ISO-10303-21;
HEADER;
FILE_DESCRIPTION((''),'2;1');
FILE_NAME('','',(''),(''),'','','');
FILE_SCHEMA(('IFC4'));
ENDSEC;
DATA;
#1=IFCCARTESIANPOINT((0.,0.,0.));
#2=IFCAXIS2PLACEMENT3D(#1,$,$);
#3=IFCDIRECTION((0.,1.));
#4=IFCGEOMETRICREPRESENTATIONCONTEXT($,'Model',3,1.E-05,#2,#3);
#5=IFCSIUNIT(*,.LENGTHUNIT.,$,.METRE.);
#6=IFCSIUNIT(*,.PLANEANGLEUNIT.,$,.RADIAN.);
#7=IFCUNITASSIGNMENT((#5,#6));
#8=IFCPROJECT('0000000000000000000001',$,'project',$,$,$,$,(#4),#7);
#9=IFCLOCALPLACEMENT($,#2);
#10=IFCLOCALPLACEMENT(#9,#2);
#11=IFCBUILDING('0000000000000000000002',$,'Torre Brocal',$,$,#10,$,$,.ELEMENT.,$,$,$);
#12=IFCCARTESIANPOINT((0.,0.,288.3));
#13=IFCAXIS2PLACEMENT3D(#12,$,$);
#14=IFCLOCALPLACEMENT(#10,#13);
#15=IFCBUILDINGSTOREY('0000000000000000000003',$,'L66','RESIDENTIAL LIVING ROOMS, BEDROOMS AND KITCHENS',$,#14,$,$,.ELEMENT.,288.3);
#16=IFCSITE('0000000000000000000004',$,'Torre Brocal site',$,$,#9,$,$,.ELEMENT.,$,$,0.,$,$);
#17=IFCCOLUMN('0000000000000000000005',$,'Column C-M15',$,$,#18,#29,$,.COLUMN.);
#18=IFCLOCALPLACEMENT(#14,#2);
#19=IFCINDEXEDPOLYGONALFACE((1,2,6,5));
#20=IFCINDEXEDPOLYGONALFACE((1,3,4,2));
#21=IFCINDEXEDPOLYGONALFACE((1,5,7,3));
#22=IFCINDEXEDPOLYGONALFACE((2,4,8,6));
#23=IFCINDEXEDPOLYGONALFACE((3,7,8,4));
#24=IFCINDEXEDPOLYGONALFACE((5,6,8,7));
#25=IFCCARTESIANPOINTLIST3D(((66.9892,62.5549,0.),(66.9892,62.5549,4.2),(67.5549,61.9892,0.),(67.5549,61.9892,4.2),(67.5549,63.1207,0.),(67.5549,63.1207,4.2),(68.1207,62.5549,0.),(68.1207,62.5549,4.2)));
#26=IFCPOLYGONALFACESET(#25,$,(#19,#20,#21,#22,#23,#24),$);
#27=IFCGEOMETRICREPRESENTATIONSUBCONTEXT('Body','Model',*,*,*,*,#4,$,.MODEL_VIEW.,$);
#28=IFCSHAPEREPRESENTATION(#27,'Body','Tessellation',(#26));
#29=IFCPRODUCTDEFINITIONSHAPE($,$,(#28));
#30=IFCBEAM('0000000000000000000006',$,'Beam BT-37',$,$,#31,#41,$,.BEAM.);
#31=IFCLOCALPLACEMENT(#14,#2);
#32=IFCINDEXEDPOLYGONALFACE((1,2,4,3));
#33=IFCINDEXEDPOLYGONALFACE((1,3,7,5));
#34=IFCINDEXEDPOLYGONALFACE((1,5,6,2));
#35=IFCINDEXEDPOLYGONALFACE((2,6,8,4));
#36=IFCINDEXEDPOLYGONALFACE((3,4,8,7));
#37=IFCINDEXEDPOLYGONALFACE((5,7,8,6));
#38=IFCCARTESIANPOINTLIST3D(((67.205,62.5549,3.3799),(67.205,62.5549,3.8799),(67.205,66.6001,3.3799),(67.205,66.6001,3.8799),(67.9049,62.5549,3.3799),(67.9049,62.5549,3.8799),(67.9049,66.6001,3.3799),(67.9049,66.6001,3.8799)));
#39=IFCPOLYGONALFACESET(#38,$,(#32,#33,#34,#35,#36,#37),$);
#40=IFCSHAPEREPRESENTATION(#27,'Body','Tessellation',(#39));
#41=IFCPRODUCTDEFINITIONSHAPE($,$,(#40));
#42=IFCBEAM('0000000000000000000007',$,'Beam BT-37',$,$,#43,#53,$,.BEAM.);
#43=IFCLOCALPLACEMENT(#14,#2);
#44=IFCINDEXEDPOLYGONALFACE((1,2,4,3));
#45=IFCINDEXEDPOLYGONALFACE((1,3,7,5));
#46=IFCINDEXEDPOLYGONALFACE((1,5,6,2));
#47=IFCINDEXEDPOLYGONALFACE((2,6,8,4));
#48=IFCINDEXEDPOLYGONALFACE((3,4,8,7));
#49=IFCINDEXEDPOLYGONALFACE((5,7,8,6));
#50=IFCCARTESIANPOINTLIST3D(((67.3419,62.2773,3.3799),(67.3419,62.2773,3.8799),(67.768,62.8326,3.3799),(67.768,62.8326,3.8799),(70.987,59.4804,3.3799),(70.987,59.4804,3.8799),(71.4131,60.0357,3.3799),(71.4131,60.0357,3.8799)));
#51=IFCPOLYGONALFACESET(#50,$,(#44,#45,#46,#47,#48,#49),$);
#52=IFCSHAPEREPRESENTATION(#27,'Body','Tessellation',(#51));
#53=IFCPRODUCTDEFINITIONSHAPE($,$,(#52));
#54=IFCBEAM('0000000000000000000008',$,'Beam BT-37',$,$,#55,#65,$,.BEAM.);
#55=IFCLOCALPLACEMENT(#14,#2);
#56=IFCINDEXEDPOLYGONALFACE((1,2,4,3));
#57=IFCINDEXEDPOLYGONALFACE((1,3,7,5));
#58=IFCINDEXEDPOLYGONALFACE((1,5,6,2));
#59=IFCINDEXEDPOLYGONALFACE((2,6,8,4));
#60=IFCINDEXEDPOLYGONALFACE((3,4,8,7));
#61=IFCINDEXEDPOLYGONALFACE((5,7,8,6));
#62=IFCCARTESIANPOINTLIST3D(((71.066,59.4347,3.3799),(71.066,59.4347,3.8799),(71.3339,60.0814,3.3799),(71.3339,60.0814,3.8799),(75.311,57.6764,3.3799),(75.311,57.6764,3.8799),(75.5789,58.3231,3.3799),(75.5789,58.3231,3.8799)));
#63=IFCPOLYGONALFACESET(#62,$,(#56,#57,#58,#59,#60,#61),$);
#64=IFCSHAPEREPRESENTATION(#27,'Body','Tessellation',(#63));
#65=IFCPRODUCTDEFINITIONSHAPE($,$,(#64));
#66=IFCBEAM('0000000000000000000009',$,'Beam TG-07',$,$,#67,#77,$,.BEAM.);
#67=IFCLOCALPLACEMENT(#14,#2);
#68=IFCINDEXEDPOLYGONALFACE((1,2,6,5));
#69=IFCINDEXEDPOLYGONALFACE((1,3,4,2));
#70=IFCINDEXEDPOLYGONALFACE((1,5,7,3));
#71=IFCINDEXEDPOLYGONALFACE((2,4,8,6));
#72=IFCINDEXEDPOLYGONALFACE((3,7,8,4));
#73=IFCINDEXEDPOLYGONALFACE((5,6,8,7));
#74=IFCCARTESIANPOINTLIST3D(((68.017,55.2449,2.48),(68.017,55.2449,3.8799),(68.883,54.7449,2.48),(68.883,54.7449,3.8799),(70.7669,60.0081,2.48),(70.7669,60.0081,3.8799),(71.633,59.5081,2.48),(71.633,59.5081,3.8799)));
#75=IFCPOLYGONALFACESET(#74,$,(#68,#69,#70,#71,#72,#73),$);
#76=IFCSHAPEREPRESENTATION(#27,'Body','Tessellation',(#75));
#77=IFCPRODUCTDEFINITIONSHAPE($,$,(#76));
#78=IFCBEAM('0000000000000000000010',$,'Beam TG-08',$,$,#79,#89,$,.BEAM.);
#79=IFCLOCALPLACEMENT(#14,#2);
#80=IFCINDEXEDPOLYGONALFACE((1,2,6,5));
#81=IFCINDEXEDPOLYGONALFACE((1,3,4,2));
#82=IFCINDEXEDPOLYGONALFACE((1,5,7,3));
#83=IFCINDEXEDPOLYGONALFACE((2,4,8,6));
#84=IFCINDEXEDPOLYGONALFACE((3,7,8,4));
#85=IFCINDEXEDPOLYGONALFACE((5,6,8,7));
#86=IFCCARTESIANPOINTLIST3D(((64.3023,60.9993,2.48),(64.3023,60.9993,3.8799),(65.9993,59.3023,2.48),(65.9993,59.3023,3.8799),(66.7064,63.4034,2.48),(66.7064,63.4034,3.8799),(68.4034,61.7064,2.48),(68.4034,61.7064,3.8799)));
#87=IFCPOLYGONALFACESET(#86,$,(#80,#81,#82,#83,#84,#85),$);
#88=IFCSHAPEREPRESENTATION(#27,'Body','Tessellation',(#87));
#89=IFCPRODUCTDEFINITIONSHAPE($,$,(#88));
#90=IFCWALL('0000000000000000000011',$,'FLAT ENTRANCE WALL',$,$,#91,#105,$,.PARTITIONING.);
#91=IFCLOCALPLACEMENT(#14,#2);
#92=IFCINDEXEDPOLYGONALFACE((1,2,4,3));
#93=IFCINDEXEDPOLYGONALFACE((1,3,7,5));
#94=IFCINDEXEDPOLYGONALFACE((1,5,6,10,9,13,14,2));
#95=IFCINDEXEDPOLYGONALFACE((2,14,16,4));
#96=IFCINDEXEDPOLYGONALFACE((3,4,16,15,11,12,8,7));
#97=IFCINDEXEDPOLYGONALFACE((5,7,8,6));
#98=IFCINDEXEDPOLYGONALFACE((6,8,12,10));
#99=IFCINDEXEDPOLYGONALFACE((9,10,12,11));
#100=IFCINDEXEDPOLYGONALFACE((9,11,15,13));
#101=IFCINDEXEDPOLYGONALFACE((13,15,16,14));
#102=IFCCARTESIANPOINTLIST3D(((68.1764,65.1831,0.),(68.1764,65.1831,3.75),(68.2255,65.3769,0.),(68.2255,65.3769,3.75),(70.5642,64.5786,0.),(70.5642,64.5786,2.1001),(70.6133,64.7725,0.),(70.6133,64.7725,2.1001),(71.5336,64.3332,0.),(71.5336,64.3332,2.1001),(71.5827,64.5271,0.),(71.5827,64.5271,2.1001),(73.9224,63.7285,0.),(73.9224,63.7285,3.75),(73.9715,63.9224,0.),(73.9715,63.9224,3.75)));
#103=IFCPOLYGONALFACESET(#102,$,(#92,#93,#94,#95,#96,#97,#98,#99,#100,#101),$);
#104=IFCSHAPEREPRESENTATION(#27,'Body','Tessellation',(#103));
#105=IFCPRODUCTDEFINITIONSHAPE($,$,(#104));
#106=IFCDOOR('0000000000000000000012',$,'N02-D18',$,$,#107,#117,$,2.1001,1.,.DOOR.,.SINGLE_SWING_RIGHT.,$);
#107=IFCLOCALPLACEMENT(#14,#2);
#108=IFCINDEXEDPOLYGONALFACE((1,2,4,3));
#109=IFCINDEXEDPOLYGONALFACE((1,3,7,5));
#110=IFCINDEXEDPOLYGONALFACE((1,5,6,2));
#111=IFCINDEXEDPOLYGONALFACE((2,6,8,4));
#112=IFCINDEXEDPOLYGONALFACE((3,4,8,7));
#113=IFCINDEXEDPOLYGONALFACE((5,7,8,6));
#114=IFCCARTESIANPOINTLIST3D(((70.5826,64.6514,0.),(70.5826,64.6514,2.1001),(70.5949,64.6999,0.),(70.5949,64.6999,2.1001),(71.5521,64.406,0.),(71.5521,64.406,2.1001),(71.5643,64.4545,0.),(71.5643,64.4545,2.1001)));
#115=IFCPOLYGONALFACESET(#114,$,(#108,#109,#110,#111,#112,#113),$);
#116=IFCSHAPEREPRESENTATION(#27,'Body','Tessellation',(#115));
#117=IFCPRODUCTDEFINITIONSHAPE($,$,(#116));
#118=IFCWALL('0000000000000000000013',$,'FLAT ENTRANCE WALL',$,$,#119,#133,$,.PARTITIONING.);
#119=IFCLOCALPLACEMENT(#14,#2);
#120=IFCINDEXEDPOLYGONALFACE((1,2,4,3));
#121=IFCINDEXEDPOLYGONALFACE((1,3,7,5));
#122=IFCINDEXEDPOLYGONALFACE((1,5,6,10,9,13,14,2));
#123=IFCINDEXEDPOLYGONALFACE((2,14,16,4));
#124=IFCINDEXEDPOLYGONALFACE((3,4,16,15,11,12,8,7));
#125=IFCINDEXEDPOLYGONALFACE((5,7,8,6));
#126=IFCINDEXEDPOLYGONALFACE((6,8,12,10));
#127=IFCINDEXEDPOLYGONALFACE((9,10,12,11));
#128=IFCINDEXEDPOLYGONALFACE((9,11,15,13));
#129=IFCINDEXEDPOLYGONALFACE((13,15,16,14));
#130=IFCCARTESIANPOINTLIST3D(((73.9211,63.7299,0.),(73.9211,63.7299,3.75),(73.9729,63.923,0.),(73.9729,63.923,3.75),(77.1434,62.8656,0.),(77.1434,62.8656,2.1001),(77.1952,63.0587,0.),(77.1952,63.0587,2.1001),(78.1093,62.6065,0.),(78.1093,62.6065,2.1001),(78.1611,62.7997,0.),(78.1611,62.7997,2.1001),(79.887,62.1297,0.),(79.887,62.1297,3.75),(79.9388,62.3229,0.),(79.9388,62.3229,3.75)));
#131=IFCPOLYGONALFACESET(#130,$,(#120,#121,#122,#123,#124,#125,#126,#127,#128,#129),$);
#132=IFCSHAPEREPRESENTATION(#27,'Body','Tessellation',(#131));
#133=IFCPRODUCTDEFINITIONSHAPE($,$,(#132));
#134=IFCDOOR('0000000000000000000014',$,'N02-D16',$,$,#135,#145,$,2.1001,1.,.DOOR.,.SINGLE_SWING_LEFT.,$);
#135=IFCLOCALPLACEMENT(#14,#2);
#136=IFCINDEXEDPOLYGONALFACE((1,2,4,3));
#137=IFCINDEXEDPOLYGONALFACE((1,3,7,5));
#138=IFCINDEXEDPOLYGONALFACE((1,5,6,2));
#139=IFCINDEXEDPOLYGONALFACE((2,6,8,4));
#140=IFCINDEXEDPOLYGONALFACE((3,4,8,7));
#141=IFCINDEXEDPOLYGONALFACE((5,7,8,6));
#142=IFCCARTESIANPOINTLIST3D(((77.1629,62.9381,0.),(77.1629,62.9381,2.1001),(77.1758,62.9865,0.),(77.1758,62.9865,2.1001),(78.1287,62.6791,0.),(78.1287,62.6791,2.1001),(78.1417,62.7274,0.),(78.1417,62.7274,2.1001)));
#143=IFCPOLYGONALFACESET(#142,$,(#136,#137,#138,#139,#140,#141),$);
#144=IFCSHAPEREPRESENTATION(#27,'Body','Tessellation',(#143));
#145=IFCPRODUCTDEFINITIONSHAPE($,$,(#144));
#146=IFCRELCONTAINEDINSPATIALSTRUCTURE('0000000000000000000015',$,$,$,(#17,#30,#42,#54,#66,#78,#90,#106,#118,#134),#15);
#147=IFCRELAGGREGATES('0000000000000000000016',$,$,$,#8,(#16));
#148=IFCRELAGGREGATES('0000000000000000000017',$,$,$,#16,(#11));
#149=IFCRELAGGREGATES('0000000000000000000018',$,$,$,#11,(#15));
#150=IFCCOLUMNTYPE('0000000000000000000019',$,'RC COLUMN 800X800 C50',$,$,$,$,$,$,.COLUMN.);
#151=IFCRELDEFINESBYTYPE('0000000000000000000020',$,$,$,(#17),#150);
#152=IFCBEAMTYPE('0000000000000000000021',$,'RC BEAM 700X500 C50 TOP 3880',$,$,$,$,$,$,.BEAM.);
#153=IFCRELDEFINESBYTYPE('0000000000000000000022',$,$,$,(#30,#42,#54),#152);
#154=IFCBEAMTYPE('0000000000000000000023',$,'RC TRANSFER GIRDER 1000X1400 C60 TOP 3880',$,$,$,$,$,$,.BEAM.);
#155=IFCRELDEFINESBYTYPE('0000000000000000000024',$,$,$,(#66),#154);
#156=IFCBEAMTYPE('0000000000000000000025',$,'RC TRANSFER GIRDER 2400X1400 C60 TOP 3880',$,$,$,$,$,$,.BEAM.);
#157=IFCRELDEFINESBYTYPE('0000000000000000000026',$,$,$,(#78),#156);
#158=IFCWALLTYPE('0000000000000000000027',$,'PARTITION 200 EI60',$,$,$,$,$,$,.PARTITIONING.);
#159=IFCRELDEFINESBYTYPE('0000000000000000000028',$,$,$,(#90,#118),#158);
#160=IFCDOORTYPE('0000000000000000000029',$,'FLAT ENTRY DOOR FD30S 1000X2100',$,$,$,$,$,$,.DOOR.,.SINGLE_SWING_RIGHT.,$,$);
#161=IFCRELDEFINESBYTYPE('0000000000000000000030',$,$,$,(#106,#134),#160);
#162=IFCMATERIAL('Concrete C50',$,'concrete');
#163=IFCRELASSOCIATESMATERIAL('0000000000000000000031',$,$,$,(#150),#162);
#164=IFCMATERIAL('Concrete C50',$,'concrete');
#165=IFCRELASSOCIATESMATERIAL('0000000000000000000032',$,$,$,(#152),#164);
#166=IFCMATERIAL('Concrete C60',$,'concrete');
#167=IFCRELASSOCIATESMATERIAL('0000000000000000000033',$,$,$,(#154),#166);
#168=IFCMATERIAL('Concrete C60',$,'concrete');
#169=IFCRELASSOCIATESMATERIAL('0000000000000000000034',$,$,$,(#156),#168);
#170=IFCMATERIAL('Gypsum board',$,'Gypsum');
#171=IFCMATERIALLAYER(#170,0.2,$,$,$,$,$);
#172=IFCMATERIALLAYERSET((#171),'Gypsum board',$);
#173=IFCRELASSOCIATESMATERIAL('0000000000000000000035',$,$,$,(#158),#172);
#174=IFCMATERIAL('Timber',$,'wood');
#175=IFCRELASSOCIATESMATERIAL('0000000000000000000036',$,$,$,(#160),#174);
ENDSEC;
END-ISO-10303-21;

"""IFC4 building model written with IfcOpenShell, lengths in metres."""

from ifc_helpers import new_model, si_unit, direction, frame, frame_2d, origin, origin_2d, place, context, subcontext, project, spatial, rectangle, extrude, material, layer, layer_set, material_profile, profile_set, type_object, element, fill, save


model = new_model("IFC4")

# Units and contexts
model_context = context("Model", 3, precision=1e-05, world=origin(), true_north=direction((0.0, 1.0)))
body_context = subcontext(model_context, "Body", "Model", "MODEL_VIEW")
ifc_project = project(units=[si_unit("LENGTHUNIT", "METRE"), si_unit("PLANEANGLEUNIT", "RADIAN")], contexts=[model_context])

# Site, building, storey
site_placement = place(None, origin())
site = spatial("IfcSite", under=ifc_project, at=site_placement, Name="Torre Brocal site", CompositionType="ELEMENT", RefElevation=0.0)
building_placement = place(site_placement, origin())
building = spatial("IfcBuilding", under=site, at=building_placement, Name="Torre Brocal", CompositionType="ELEMENT")
storey_placement = place(building_placement, frame((0.0, 0.0, 288.3)))
storey = spatial("IfcBuildingStorey", under=building, at=storey_placement, Name="L66", Description="RESIDENTIAL LIVING ROOMS, BEDROOMS AND KITCHENS", CompositionType="ELEMENT", Elevation=288.3)

# Column
ifc_material_1 = material(Name="Concrete C50", Category="concrete")
ifc_material_profile_1 = material_profile(ifc_material_1, rectangle(XDim=0.8, YDim=0.8, at=origin_2d()), Name="RC 800X800")
ifc_profile_set_1 = profile_set([ifc_material_profile_1], Name="Concrete C50")
column_type = type_object("IfcColumnType", Name="RC COLUMN 800X800 C50", PredefinedType="COLUMN", material=ifc_profile_set_1)
column_placement = place(storey_placement, frame((67.5549, 62.5549, 0.0), z_axis=(0.0, 0.0, 1.0), x_axis=(-0.707107, -0.707107, 0.0)))
element("IfcColumn", 1, at=column_placement, inside=storey, type_object=column_type, Name="Column C-M15", PredefinedType="COLUMN", context=body_context, shape_type="SweptSolid", body=[
    extrude(rectangle(XDim=0.8, YDim=0.8, at=origin_2d()), origin(), (0.0, 0.0, 1.0), 4.2),
])

# Beams
ifc_material_2 = material(Name="Concrete C50", Category="concrete")
ifc_material_profile_2 = material_profile(ifc_material_2, rectangle(XDim=0.7, YDim=0.5, at=origin_2d()), Name="RC 700X500")
ifc_profile_set_2 = profile_set([ifc_material_profile_2], Name="Concrete C50")
beam_type_1 = type_object("IfcBeamType", Name="RC BEAM 700X500 C50 TOP 3880", PredefinedType="BEAM", material=ifc_profile_set_2)
beam_1_placement = place(storey_placement, frame((67.5549, 62.5549, 3.6299), z_axis=(0.0, 1.0, 0.0), x_axis=(-1.0, 0.0, 0.0)))
element("IfcBeam", 2, at=beam_1_placement, inside=storey, type_object=beam_type_1, Name="Beam BT-37", PredefinedType="BEAM", context=body_context, shape_type="SweptSolid", body=[
    extrude(rectangle(XDim=0.7, YDim=0.5, at=origin_2d()), origin(), (0.0, 0.0, 1.0), 4.0452),
])
beam_2_placement = place(storey_placement, frame((67.5549, 62.5549, 3.6299), z_axis=(0.793358, -0.608755, 0.0), x_axis=(0.608755, 0.793358, 0.0)))
element("IfcBeam", 3, at=beam_2_placement, inside=storey, type_object=beam_type_1, Name="Beam BT-37", PredefinedType="BEAM", context=body_context, shape_type="SweptSolid", body=[
    extrude(rectangle(XDim=0.7, YDim=0.5, at=origin_2d()), origin(), (0.0, 0.0, 1.0), 4.5945),
])
beam_3_placement = place(storey_placement, frame((71.2, 59.7581, 3.6299), z_axis=(0.923878, -0.382687, 0.0), x_axis=(0.382687, 0.923878, 0.0)))
element("IfcBeam", 4, at=beam_3_placement, inside=storey, type_object=beam_type_1, Name="Beam BT-37", PredefinedType="BEAM", context=body_context, shape_type="SweptSolid", body=[
    extrude(rectangle(XDim=0.7, YDim=0.5, at=origin_2d()), origin(), (0.0, 0.0, 1.0), 4.5947),
])
ifc_material_3 = material(Name="Concrete C60", Category="concrete")
ifc_material_profile_3 = material_profile(ifc_material_3, rectangle(XDim=1.0, YDim=1.3999, at=origin_2d()), Name="RC 1000X1400")
ifc_profile_set_3 = profile_set([ifc_material_profile_3], Name="Concrete C60")
beam_type_2 = type_object("IfcBeamType", Name="RC TRANSFER GIRDER 1000X1400 C60 TOP 3880", PredefinedType="BEAM", material=ifc_profile_set_3)
beam_4_placement = place(storey_placement, frame((71.2, 59.7581, 3.1799), z_axis=(-0.499997, -0.866027, 0.0), x_axis=(0.866027, -0.499997, 0.0)))
element("IfcBeam", 5, at=beam_4_placement, inside=storey, type_object=beam_type_2, Name="Beam TG-07", PredefinedType="BEAM", context=body_context, shape_type="SweptSolid", body=[
    extrude(rectangle(XDim=1.0, YDim=1.3999, at=origin_2d()), origin(), (0.0, 0.0, 1.0), 5.5),
])
ifc_material_4 = material(Name="Concrete C60", Category="concrete")
ifc_material_profile_4 = material_profile(ifc_material_4, rectangle(XDim=2.3999, YDim=1.3999, at=origin_2d()), Name="RC 2400X1400")
ifc_profile_set_4 = profile_set([ifc_material_profile_4], Name="Concrete C60")
beam_type_3 = type_object("IfcBeamType", Name="RC TRANSFER GIRDER 2400X1400 C60 TOP 3880", PredefinedType="BEAM", material=ifc_profile_set_4)
beam_5_placement = place(storey_placement, frame((67.5549, 62.5549, 3.1799), z_axis=(-0.707107, -0.707107, 0.0), x_axis=(0.707107, -0.707107, 0.0)))
element("IfcBeam", 6, at=beam_5_placement, inside=storey, type_object=beam_type_3, Name="Beam TG-08", PredefinedType="BEAM", context=body_context, shape_type="SweptSolid", body=[
    extrude(rectangle(XDim=2.3999, YDim=1.3999, at=origin_2d()), origin(), (0.0, 0.0, 1.0), 3.3999),
])

# Walls, openings, doors
ifc_material_5 = material(Name="Gypsum board", Category="Gypsum")
ifc_layer_1 = layer(ifc_material_5, 0.2)
ifc_layer_set_1 = layer_set([ifc_layer_1], Name="Gypsum board")
wall_type_1 = type_object("IfcWallType", Name="PARTITION 200 EI60", PredefinedType="PARTITIONING", material=ifc_layer_set_1)
wall_1_placement = place(storey_placement, frame((68.2009, 65.28, 0.0), z_axis=(0.0, 0.0, 1.0), x_axis=(0.969421, -0.245403, 0.0)))
wall_1 = element("IfcWall", 7, at=wall_1_placement, inside=storey, type_object=wall_type_1, Name="FLAT ENTRANCE WALL", PredefinedType="PARTITIONING", context=body_context, shape_type="SweptSolid", body=[
    extrude(rectangle(XDim=5.9272, YDim=0.2, at=frame_2d((2.9636, 0.0))), origin(), (0.0, 0.0, 1.0), 3.75),
])
opening_1_placement = place(wall_1_placement, frame((2.4631, 0.0, 0.0)))
opening_1 = element("IfcOpeningElement", 8, at=opening_1_placement, cuts=wall_1, PredefinedType="OPENING", context=body_context, shape_type="SweptSolid", body=[
    extrude(rectangle(XDim=1.0, YDim=2.1001, at=frame_2d((0.5, 1.05))), frame((0.0, 0.1099, 0.0), z_axis=(0.0, -1.0, 0.0), x_axis=(1.0, 0.0, 0.0)), (0.0, 0.0, 1.0), 0.22),
])
ifc_material_6 = material(Name="Timber", Category="wood")
door_type_1 = type_object("IfcDoorType", Name="FLAT ENTRY DOOR FD30S 1000X2100", OperationType="SINGLE_SWING_RIGHT", PredefinedType="DOOR", material=ifc_material_6)
door_1_placement = place(opening_1_placement, frame((1.0, 0.0, 0.0), z_axis=(0.0, 0.0, 1.0), x_axis=(-1.0, 0.0, 0.0)))
door_1 = element("IfcDoor", 9, at=door_1_placement, inside=storey, type_object=door_type_1, Name="N02-D18", OperationType="SINGLE_SWING_RIGHT", OverallHeight=2.1001, OverallWidth=1.0, PredefinedType="DOOR", context=body_context, shape_type="SweptSolid", body=[
    extrude(rectangle(XDim=1.0, YDim=2.1001, at=frame_2d((0.5, 1.05))), frame((0.0, 0.0249, 0.0), z_axis=(0.0, -1.0, 0.0), x_axis=(1.0, 0.0, 0.0)), (0.0, 0.0, 1.0), 0.05),
])
fill(opening_1, door_1)
wall_2_placement = place(storey_placement, frame((73.947, 63.8264, 0.0), z_axis=(0.0, 0.0, 1.0), x_axis=(0.965863, -0.259055, 0.0)))
wall_2 = element("IfcWall", 10, at=wall_2_placement, inside=storey, type_object=wall_type_1, Name="FLAT ENTRANCE WALL", PredefinedType="PARTITIONING", context=body_context, shape_type="SweptSolid", body=[
    extrude(rectangle(XDim=6.1768, YDim=0.2, at=frame_2d((3.0884, 0.0))), origin(), (0.0, 0.0, 1.0), 3.75),
])
opening_2_placement = place(wall_2_placement, frame((3.3362, 0.0, 0.0)))
opening_2 = element("IfcOpeningElement", 11, at=opening_2_placement, cuts=wall_2, PredefinedType="OPENING", context=body_context, shape_type="SweptSolid", body=[
    extrude(rectangle(XDim=1.0, YDim=2.1001, at=frame_2d((0.5, 1.05))), frame((0.0, 0.1099, 0.0), z_axis=(0.0, -1.0, 0.0), x_axis=(1.0, 0.0, 0.0)), (0.0, 0.0, 1.0), 0.22),
])
door_2_placement = place(opening_2_placement, frame((1.0, 0.0, 0.0), z_axis=(0.0, 0.0, 1.0), x_axis=(-1.0, 0.0, 0.0)))
door_2 = element("IfcDoor", 12, at=door_2_placement, inside=storey, type_object=door_type_1, Name="N02-D16", OperationType="SINGLE_SWING_LEFT", OverallHeight=2.1001, OverallWidth=1.0, PredefinedType="DOOR", context=body_context, shape_type="SweptSolid", body=[
    extrude(rectangle(XDim=1.0, YDim=2.1001, at=frame_2d((0.5, 1.05))), frame((0.0, 0.0249, 0.0), z_axis=(0.0, -1.0, 0.0), x_axis=(1.0, 0.0, 0.0)), (0.0, 0.0, 1.0), 0.05),
])
fill(opening_2, door_2)

save(model, "model.ifc")
